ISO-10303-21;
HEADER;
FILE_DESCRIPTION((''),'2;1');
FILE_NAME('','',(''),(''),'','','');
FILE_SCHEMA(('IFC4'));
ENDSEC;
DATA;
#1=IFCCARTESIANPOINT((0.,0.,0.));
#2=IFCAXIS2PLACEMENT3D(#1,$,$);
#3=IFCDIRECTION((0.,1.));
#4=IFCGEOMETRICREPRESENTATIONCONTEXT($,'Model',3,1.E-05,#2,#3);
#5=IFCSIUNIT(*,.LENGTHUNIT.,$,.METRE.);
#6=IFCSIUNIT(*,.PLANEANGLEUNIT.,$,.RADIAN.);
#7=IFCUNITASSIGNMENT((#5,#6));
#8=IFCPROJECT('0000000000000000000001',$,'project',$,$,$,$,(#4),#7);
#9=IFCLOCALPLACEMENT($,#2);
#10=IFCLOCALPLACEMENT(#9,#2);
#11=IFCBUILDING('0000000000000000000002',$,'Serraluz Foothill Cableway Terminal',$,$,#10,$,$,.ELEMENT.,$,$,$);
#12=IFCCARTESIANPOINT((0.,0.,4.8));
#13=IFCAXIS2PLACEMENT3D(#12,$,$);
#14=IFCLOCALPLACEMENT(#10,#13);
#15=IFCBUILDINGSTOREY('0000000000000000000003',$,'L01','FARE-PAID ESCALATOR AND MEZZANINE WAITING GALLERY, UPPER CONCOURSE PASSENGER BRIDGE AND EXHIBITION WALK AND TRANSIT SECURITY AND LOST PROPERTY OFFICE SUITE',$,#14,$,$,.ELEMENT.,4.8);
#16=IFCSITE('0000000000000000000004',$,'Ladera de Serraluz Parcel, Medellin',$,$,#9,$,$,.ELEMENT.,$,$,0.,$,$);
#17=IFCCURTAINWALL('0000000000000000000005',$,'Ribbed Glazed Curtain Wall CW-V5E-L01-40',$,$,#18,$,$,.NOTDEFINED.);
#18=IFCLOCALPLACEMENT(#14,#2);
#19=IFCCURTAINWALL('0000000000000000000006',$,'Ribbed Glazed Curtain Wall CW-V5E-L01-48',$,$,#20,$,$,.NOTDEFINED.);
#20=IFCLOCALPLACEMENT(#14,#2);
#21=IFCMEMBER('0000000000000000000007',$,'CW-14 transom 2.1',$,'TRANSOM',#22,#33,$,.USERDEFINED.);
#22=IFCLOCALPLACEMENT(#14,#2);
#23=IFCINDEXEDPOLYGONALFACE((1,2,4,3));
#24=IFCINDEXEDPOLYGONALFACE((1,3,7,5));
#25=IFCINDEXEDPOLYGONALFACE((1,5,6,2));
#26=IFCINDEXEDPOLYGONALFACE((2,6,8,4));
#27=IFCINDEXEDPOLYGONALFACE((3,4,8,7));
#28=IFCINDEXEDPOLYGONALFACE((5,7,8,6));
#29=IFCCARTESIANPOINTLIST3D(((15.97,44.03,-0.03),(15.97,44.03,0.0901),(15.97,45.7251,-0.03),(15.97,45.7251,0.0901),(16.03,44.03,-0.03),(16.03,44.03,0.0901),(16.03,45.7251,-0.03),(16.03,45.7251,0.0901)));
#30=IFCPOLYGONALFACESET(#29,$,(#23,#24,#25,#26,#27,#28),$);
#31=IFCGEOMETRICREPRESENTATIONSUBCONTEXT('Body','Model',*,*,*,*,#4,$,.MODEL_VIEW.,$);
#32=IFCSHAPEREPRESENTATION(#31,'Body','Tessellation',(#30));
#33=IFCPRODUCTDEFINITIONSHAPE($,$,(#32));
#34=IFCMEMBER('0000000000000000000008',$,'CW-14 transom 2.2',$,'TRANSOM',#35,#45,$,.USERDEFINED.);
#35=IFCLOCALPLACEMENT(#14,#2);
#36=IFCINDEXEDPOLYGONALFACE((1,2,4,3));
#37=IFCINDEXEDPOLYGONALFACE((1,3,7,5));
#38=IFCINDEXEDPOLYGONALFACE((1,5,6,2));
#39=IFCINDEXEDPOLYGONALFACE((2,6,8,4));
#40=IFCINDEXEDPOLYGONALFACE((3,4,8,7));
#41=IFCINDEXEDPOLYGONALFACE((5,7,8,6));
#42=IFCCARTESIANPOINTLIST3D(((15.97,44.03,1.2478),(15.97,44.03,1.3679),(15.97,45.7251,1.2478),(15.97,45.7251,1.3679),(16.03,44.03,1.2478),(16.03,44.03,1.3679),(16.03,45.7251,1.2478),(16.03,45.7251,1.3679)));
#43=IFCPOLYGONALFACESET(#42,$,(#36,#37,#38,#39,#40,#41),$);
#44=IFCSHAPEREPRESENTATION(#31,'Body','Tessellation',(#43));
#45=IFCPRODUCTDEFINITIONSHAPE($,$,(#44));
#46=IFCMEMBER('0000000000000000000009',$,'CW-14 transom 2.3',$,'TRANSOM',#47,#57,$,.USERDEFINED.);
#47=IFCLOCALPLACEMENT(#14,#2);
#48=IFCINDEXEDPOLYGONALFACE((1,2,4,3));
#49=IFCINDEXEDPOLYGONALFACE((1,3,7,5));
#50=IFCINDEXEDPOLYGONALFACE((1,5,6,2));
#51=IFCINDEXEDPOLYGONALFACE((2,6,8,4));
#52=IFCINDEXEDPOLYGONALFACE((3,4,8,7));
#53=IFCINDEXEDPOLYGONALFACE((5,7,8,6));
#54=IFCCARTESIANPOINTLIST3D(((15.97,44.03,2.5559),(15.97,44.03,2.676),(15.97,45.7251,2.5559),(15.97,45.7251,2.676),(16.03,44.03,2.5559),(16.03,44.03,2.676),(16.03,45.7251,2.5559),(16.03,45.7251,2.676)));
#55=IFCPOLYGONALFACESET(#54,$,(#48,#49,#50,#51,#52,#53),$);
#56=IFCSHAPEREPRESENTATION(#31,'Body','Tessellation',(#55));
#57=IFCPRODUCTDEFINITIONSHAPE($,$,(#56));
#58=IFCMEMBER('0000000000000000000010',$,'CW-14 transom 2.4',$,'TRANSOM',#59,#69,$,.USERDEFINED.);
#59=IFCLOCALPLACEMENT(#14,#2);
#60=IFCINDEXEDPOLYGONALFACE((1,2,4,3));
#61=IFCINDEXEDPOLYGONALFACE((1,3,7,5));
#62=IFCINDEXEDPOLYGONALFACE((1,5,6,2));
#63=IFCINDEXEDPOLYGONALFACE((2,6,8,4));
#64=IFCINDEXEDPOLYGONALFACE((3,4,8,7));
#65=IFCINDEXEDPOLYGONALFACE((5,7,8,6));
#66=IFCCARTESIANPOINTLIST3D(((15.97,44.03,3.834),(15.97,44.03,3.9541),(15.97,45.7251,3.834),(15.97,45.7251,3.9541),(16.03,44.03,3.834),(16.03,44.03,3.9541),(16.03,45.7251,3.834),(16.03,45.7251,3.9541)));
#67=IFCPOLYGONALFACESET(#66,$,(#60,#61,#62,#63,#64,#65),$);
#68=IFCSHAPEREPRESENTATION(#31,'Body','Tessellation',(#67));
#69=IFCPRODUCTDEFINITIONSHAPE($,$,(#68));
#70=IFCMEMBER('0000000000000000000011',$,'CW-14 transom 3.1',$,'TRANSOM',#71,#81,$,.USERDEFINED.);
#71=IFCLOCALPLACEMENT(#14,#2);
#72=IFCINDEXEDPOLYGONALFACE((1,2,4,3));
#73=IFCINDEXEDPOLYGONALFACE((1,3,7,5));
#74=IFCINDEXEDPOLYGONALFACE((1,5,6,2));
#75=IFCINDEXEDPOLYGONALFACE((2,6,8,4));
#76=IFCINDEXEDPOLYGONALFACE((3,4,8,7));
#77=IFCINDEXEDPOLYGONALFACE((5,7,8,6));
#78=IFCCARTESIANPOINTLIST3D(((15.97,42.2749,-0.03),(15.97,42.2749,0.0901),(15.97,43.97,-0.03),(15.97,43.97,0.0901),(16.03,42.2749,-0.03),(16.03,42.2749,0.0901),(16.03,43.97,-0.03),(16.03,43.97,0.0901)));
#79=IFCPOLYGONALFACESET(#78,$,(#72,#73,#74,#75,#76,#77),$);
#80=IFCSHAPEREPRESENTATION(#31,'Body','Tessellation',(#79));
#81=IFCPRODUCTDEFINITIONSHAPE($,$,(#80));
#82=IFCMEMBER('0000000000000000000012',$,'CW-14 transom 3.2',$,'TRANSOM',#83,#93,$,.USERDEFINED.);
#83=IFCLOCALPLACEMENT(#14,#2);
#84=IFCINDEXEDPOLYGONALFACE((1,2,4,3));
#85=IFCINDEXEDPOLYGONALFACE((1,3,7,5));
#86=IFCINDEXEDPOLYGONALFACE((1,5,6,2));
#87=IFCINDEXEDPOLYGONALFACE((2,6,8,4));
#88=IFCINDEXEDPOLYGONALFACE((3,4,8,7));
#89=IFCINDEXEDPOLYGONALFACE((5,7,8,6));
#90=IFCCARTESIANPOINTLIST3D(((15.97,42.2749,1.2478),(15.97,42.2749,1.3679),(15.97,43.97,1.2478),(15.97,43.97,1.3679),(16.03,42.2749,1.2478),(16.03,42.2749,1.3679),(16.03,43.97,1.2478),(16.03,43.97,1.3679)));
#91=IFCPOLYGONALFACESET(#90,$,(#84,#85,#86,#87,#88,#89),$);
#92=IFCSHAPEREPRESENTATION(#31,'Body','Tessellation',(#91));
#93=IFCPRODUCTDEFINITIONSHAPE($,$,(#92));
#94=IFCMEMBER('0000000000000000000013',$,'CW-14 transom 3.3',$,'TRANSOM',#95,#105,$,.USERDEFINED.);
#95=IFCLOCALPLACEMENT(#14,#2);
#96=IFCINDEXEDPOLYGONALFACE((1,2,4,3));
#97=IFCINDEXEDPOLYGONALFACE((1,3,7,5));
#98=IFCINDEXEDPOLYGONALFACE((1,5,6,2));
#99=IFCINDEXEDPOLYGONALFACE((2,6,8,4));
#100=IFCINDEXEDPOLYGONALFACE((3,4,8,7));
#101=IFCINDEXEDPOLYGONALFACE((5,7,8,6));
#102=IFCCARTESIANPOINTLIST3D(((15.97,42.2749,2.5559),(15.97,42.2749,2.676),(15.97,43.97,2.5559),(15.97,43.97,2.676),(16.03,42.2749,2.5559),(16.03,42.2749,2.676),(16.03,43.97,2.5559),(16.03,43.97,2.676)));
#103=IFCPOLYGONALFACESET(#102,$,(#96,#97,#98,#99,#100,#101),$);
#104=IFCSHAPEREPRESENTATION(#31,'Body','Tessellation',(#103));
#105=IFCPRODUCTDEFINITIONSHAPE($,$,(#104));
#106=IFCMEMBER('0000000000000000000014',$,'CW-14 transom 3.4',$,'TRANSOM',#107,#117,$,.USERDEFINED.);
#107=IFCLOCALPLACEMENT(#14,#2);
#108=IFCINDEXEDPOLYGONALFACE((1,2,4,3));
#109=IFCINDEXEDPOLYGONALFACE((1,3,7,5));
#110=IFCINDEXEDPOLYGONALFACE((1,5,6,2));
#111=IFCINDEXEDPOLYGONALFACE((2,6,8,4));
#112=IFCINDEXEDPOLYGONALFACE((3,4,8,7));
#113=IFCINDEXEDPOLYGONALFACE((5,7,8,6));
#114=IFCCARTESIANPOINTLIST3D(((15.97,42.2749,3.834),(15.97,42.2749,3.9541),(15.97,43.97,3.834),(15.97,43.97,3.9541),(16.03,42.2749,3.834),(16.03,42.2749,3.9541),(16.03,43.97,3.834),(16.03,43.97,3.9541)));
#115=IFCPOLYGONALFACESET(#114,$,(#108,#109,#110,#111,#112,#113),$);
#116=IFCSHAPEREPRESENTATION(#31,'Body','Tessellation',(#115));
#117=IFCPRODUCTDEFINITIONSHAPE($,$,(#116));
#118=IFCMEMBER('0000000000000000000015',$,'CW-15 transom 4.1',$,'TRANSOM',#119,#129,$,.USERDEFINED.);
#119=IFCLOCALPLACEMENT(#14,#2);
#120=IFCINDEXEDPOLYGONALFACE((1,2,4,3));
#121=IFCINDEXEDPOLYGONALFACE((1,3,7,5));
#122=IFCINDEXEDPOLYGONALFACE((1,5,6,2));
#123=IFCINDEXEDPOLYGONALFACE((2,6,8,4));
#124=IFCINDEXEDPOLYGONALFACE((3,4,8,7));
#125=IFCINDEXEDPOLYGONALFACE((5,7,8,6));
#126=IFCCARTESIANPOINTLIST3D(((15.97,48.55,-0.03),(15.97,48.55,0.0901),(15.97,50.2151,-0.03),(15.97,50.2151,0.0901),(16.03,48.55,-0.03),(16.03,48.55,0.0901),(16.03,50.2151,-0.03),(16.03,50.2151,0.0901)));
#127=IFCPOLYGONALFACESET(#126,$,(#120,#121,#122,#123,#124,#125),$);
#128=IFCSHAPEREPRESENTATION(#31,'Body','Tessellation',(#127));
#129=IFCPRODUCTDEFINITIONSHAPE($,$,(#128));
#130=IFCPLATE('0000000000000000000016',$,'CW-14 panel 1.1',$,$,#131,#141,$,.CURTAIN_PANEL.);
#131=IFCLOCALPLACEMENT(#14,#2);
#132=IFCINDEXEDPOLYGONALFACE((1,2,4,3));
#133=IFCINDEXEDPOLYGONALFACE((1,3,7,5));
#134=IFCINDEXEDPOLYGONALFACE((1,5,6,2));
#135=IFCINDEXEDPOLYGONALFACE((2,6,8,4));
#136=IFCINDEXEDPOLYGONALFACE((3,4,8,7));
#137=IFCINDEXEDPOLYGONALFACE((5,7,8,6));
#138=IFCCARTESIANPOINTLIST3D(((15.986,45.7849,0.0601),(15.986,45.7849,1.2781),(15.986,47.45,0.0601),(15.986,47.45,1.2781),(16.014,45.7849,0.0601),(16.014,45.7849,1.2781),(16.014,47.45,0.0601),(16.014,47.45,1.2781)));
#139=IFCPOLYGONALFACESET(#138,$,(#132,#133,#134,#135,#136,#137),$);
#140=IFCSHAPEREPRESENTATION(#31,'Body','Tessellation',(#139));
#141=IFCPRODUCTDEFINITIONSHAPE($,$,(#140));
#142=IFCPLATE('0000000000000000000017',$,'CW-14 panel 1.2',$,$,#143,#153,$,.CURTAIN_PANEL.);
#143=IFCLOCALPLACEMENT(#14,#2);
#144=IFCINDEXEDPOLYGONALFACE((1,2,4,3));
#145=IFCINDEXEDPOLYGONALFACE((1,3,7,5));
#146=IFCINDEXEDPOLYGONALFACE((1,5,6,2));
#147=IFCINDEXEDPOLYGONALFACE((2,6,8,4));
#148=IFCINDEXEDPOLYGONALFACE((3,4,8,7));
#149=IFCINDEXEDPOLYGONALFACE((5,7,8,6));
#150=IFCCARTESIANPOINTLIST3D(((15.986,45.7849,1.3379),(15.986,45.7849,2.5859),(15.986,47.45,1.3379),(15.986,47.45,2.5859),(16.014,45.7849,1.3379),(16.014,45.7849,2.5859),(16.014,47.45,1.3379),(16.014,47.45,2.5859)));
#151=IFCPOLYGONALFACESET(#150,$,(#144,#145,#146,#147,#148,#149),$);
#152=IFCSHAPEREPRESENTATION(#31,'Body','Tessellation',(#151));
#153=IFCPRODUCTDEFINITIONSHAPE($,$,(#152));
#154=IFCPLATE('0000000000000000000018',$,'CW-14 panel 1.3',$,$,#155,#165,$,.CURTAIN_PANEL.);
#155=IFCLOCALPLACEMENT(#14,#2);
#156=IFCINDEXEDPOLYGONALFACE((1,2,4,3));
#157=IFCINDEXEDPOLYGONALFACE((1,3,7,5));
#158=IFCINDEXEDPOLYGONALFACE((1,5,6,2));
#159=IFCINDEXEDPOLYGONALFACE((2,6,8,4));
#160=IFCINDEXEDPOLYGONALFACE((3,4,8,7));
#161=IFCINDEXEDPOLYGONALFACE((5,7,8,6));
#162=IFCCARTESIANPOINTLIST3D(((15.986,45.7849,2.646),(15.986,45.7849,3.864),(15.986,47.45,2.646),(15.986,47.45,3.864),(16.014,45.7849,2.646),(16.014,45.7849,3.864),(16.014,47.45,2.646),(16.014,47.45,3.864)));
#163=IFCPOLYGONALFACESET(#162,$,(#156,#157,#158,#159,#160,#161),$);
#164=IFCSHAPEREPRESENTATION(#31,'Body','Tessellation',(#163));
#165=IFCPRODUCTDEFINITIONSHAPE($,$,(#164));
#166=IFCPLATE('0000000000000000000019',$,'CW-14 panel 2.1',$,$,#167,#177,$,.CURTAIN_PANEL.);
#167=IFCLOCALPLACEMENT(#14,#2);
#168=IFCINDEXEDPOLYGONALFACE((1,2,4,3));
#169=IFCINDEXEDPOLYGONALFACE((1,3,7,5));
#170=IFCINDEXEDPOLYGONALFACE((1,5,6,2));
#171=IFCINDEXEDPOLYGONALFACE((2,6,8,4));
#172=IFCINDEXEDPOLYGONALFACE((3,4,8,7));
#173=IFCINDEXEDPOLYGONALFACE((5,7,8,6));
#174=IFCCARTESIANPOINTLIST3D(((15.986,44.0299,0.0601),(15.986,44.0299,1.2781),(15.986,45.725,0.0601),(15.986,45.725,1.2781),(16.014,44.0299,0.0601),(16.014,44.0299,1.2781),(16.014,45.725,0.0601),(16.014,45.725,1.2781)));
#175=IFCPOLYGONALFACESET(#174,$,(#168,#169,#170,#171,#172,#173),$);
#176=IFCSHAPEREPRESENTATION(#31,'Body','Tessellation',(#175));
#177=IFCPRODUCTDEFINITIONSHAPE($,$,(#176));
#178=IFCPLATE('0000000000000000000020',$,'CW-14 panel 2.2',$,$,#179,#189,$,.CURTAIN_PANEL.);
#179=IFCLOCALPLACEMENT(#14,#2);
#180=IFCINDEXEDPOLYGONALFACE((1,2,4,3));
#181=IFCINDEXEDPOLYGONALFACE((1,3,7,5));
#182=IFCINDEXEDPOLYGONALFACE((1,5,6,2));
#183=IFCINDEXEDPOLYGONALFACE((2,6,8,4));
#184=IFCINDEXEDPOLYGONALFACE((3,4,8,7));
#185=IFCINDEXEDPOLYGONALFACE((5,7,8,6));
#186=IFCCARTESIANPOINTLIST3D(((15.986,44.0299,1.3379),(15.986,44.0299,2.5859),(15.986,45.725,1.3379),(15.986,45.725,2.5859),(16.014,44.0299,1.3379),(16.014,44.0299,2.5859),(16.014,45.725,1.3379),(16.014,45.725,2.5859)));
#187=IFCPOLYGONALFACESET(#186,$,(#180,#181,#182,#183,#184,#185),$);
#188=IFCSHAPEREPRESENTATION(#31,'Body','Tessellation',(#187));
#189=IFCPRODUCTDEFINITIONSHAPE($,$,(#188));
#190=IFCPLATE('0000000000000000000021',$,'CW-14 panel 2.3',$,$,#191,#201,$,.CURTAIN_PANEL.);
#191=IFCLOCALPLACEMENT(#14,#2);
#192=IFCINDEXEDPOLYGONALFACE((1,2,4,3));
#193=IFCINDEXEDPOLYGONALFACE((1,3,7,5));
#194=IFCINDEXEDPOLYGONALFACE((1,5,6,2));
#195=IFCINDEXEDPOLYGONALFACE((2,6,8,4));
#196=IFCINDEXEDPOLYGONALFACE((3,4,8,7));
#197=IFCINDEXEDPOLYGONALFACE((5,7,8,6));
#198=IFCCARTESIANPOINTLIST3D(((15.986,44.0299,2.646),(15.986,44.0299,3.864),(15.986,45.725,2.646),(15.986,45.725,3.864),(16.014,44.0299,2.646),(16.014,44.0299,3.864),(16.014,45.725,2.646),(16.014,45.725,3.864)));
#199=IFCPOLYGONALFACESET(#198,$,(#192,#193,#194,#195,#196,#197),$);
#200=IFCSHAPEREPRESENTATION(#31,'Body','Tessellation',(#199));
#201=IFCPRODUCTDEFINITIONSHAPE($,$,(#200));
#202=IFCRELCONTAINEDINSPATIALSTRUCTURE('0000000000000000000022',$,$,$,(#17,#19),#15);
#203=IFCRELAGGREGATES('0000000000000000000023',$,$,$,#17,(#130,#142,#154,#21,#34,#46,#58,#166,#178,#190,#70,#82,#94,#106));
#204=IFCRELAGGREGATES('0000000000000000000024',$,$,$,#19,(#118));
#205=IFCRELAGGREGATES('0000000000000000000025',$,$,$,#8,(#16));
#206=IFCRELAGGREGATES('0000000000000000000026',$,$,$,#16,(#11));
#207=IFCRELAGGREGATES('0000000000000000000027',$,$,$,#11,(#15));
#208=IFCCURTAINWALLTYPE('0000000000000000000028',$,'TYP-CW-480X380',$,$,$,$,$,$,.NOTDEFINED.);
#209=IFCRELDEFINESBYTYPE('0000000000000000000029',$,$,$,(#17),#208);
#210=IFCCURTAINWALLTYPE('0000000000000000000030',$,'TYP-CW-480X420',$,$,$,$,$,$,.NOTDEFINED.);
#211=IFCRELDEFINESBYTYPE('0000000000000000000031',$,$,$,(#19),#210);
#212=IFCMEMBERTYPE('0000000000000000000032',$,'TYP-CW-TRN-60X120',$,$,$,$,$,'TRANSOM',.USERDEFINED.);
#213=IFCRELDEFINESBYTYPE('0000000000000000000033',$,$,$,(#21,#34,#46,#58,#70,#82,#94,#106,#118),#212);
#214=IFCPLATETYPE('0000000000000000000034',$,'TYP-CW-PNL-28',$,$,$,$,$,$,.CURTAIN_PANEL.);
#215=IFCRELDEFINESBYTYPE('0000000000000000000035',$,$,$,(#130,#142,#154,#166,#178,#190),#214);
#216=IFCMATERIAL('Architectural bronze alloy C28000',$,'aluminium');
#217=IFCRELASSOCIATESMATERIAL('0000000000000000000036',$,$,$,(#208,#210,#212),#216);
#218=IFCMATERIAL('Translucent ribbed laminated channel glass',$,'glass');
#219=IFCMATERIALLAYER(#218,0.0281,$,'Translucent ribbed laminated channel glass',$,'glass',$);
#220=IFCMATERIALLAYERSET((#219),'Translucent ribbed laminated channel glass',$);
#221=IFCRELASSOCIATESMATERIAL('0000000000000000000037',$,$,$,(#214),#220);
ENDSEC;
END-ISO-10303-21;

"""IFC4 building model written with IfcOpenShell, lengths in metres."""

from ifc_helpers import new_model, si_unit, direction, frame, origin, origin_2d, place, context, subcontext, project, spatial, rectangle, extrude, material, layer, layer_set, material_profile, profile_set, type_object, element, aggregate, save


model = new_model("IFC4")

# Units and contexts
model_context = context("Model", 3, precision=1e-05, world=origin(), true_north=direction((0.0, 1.0)))
body_context = subcontext(model_context, "Body", "Model", "MODEL_VIEW")
ifc_project = project(units=[si_unit("LENGTHUNIT", "METRE"), si_unit("PLANEANGLEUNIT", "RADIAN")], contexts=[model_context])

# Site, building, storey
site_placement = place(None, origin())
site = spatial("IfcSite", under=ifc_project, at=site_placement, Name="Ladera de Serraluz Parcel, Medellin", CompositionType="ELEMENT", RefElevation=0.0)
building_placement = place(site_placement, origin())
building = spatial("IfcBuilding", under=site, at=building_placement, Name="Serraluz Foothill Cableway Terminal", CompositionType="ELEMENT")
storey_placement = place(building_placement, frame((0.0, 0.0, 4.8)))
storey = spatial("IfcBuildingStorey", under=building, at=storey_placement, Name="L01", Description="FARE-PAID ESCALATOR AND MEZZANINE WAITING GALLERY, UPPER CONCOURSE PASSENGER BRIDGE AND EXHIBITION WALK AND TRANSIT SECURITY AND LOST PROPERTY OFFICE SUITE", CompositionType="ELEMENT", Elevation=4.8)

# Curtain wall
ifc_material_1 = material(Name="Architectural bronze alloy C28000", Category="aluminium")
curtain_wall_type_1 = type_object("IfcCurtainWallType", Name="TYP-CW-480X380", PredefinedType="NOTDEFINED", material=ifc_material_1)
curtain_wall_1_placement = place(storey_placement, origin())
curtain_wall_1 = element("IfcCurtainWall", 1, at=curtain_wall_1_placement, inside=storey, type_object=curtain_wall_type_1, Name="Ribbed Glazed Curtain Wall CW-V5E-L01-40", PredefinedType="NOTDEFINED")

# Curtain wall
curtain_wall_type_2 = type_object("IfcCurtainWallType", Name="TYP-CW-480X420", PredefinedType="NOTDEFINED", material=ifc_material_1)
curtain_wall_2_placement = place(storey_placement, origin())
curtain_wall_2 = element("IfcCurtainWall", 2, at=curtain_wall_2_placement, inside=storey, type_object=curtain_wall_type_2, Name="Ribbed Glazed Curtain Wall CW-V5E-L01-48", PredefinedType="NOTDEFINED")

# Members
ifc_material_profile_1 = material_profile(ifc_material_1, rectangle(XDim=0.0601, YDim=0.1201, at=origin_2d()), Name="ALU TRANSOM 60x120")
ifc_profile_set_1 = profile_set([ifc_material_profile_1], Name="Architectural bronze alloy C28000")
member_type_1 = type_object("IfcMemberType", Name="TYP-CW-TRN-60X120", ElementType="TRANSOM", PredefinedType="USERDEFINED", material=ifc_profile_set_1)
member_1_placement = place(storey_placement, frame((16.0, 45.7251, 0.03), z_axis=(0.0, -1.0, 0.0), x_axis=(1.0, 0.0, 0.0)))
member_1 = element("IfcMember", 3, at=member_1_placement, type_object=member_type_1, Name="CW-14 transom 2.1", ObjectType="TRANSOM", PredefinedType="USERDEFINED", context=body_context, shape_type="SweptSolid", body=[
    extrude(rectangle(XDim=0.0601, YDim=0.1201, at=origin_2d()), origin(), (0.0, 0.0, 1.0), 1.6951),
])
member_2_placement = place(storey_placement, frame((16.0, 45.7251, 1.3079), z_axis=(0.0, -1.0, 0.0), x_axis=(1.0, 0.0, 0.0)))
member_2 = element("IfcMember", 4, at=member_2_placement, type_object=member_type_1, Name="CW-14 transom 2.2", ObjectType="TRANSOM", PredefinedType="USERDEFINED", context=body_context, shape_type="SweptSolid", body=[
    extrude(rectangle(XDim=0.0601, YDim=0.1201, at=origin_2d()), origin(), (0.0, 0.0, 1.0), 1.6951),
])
member_3_placement = place(storey_placement, frame((16.0, 45.7251, 2.616), z_axis=(0.0, -1.0, 0.0), x_axis=(1.0, 0.0, 0.0)))
member_3 = element("IfcMember", 5, at=member_3_placement, type_object=member_type_1, Name="CW-14 transom 2.3", ObjectType="TRANSOM", PredefinedType="USERDEFINED", context=body_context, shape_type="SweptSolid", body=[
    extrude(rectangle(XDim=0.0601, YDim=0.1201, at=origin_2d()), origin(), (0.0, 0.0, 1.0), 1.6951),
])
member_4_placement = place(storey_placement, frame((16.0, 45.7251, 3.894), z_axis=(0.0, -1.0, 0.0), x_axis=(1.0, 0.0, 0.0)))
member_4 = element("IfcMember", 6, at=member_4_placement, type_object=member_type_1, Name="CW-14 transom 2.4", ObjectType="TRANSOM", PredefinedType="USERDEFINED", context=body_context, shape_type="SweptSolid", body=[
    extrude(rectangle(XDim=0.0601, YDim=0.1201, at=origin_2d()), origin(), (0.0, 0.0, 1.0), 1.6951),
])
member_5_placement = place(storey_placement, frame((16.0, 43.97, 0.03), z_axis=(0.0, -1.0, 0.0), x_axis=(1.0, 0.0, 0.0)))
member_5 = element("IfcMember", 7, at=member_5_placement, type_object=member_type_1, Name="CW-14 transom 3.1", ObjectType="TRANSOM", PredefinedType="USERDEFINED", context=body_context, shape_type="SweptSolid", body=[
    extrude(rectangle(XDim=0.0601, YDim=0.1201, at=origin_2d()), origin(), (0.0, 0.0, 1.0), 1.6951),
])
member_6_placement = place(storey_placement, frame((16.0, 43.97, 1.3079), z_axis=(0.0, -1.0, 0.0), x_axis=(1.0, 0.0, 0.0)))
member_6 = element("IfcMember", 8, at=member_6_placement, type_object=member_type_1, Name="CW-14 transom 3.2", ObjectType="TRANSOM", PredefinedType="USERDEFINED", context=body_context, shape_type="SweptSolid", body=[
    extrude(rectangle(XDim=0.0601, YDim=0.1201, at=origin_2d()), origin(), (0.0, 0.0, 1.0), 1.6951),
])
member_7_placement = place(storey_placement, frame((16.0, 43.97, 2.616), z_axis=(0.0, -1.0, 0.0), x_axis=(1.0, 0.0, 0.0)))
member_7 = element("IfcMember", 9, at=member_7_placement, type_object=member_type_1, Name="CW-14 transom 3.3", ObjectType="TRANSOM", PredefinedType="USERDEFINED", context=body_context, shape_type="SweptSolid", body=[
    extrude(rectangle(XDim=0.0601, YDim=0.1201, at=origin_2d()), origin(), (0.0, 0.0, 1.0), 1.6951),
])
member_8_placement = place(storey_placement, frame((16.0, 43.97, 3.894), z_axis=(0.0, -1.0, 0.0), x_axis=(1.0, 0.0, 0.0)))
member_8 = element("IfcMember", 10, at=member_8_placement, type_object=member_type_1, Name="CW-14 transom 3.4", ObjectType="TRANSOM", PredefinedType="USERDEFINED", context=body_context, shape_type="SweptSolid", body=[
    extrude(rectangle(XDim=0.0601, YDim=0.1201, at=origin_2d()), origin(), (0.0, 0.0, 1.0), 1.6951),
])
member_9_placement = place(storey_placement, frame((16.0, 50.2151, 0.03), z_axis=(0.0, -1.0, 0.0), x_axis=(1.0, 0.0, 0.0)))
member_9 = element("IfcMember", 11, at=member_9_placement, type_object=member_type_1, Name="CW-15 transom 4.1", ObjectType="TRANSOM", PredefinedType="USERDEFINED", context=body_context, shape_type="SweptSolid", body=[
    extrude(rectangle(XDim=0.0601, YDim=0.1201, at=origin_2d()), origin(), (0.0, 0.0, 1.0), 1.665),
])

# Plates
ifc_material_2 = material(Name="Translucent ribbed laminated channel glass", Category="glass")
ifc_layer = layer(ifc_material_2, 0.0281, Name="Translucent ribbed laminated channel glass", Category="glass")
ifc_layer_set = layer_set([ifc_layer], Name="Translucent ribbed laminated channel glass")
plate_type = type_object("IfcPlateType", Name="TYP-CW-PNL-28", PredefinedType="CURTAIN_PANEL", material=ifc_layer_set)
plate_1_placement = place(storey_placement, frame((16.0, 46.6174, 0.0601), z_axis=(0.0, 0.0, 1.0), x_axis=(0.0, -1.0, 0.0)))
plate_1 = element("IfcPlate", 12, at=plate_1_placement, type_object=plate_type, Name="CW-14 panel 1.1", PredefinedType="CURTAIN_PANEL", context=body_context, shape_type="SweptSolid", body=[
    extrude(rectangle(XDim=1.665, YDim=0.0281, at=origin_2d()), origin(), (0.0, 0.0, 1.0), 1.218),
])
plate_2_placement = place(storey_placement, frame((16.0, 46.6174, 1.3379), z_axis=(0.0, 0.0, 1.0), x_axis=(0.0, -1.0, 0.0)))
plate_2 = element("IfcPlate", 13, at=plate_2_placement, type_object=plate_type, Name="CW-14 panel 1.2", PredefinedType="CURTAIN_PANEL", context=body_context, shape_type="SweptSolid", body=[
    extrude(rectangle(XDim=1.665, YDim=0.0281, at=origin_2d()), origin(), (0.0, 0.0, 1.0), 1.248),
])
plate_3_placement = place(storey_placement, frame((16.0, 46.6174, 2.646), z_axis=(0.0, 0.0, 1.0), x_axis=(0.0, -1.0, 0.0)))
plate_3 = element("IfcPlate", 14, at=plate_3_placement, type_object=plate_type, Name="CW-14 panel 1.3", PredefinedType="CURTAIN_PANEL", context=body_context, shape_type="SweptSolid", body=[
    extrude(rectangle(XDim=1.665, YDim=0.0281, at=origin_2d()), origin(), (0.0, 0.0, 1.0), 1.218),
])
plate_4_placement = place(storey_placement, frame((16.0, 44.8774, 0.0601), z_axis=(0.0, 0.0, 1.0), x_axis=(0.0, -1.0, 0.0)))
plate_4 = element("IfcPlate", 15, at=plate_4_placement, type_object=plate_type, Name="CW-14 panel 2.1", PredefinedType="CURTAIN_PANEL", context=body_context, shape_type="SweptSolid", body=[
    extrude(rectangle(XDim=1.6951, YDim=0.0281, at=origin_2d()), origin(), (0.0, 0.0, 1.0), 1.218),
])
plate_5_placement = place(storey_placement, frame((16.0, 44.8774, 1.3379), z_axis=(0.0, 0.0, 1.0), x_axis=(0.0, -1.0, 0.0)))
plate_5 = element("IfcPlate", 16, at=plate_5_placement, type_object=plate_type, Name="CW-14 panel 2.2", PredefinedType="CURTAIN_PANEL", context=body_context, shape_type="SweptSolid", body=[
    extrude(rectangle(XDim=1.6951, YDim=0.0281, at=origin_2d()), origin(), (0.0, 0.0, 1.0), 1.248),
])
plate_6_placement = place(storey_placement, frame((16.0, 44.8774, 2.646), z_axis=(0.0, 0.0, 1.0), x_axis=(0.0, -1.0, 0.0)))
plate_6 = element("IfcPlate", 17, at=plate_6_placement, type_object=plate_type, Name="CW-14 panel 2.3", PredefinedType="CURTAIN_PANEL", context=body_context, shape_type="SweptSolid", body=[
    extrude(rectangle(XDim=1.6951, YDim=0.0281, at=origin_2d()), origin(), (0.0, 0.0, 1.0), 1.218),
])
aggregate(curtain_wall_1, [plate_1, plate_2, plate_3, member_1, member_2, member_3, member_4, plate_4, plate_5, plate_6, member_5, member_6, member_7, member_8])
aggregate(curtain_wall_2, [member_9])

save(model, "model.ifc")
